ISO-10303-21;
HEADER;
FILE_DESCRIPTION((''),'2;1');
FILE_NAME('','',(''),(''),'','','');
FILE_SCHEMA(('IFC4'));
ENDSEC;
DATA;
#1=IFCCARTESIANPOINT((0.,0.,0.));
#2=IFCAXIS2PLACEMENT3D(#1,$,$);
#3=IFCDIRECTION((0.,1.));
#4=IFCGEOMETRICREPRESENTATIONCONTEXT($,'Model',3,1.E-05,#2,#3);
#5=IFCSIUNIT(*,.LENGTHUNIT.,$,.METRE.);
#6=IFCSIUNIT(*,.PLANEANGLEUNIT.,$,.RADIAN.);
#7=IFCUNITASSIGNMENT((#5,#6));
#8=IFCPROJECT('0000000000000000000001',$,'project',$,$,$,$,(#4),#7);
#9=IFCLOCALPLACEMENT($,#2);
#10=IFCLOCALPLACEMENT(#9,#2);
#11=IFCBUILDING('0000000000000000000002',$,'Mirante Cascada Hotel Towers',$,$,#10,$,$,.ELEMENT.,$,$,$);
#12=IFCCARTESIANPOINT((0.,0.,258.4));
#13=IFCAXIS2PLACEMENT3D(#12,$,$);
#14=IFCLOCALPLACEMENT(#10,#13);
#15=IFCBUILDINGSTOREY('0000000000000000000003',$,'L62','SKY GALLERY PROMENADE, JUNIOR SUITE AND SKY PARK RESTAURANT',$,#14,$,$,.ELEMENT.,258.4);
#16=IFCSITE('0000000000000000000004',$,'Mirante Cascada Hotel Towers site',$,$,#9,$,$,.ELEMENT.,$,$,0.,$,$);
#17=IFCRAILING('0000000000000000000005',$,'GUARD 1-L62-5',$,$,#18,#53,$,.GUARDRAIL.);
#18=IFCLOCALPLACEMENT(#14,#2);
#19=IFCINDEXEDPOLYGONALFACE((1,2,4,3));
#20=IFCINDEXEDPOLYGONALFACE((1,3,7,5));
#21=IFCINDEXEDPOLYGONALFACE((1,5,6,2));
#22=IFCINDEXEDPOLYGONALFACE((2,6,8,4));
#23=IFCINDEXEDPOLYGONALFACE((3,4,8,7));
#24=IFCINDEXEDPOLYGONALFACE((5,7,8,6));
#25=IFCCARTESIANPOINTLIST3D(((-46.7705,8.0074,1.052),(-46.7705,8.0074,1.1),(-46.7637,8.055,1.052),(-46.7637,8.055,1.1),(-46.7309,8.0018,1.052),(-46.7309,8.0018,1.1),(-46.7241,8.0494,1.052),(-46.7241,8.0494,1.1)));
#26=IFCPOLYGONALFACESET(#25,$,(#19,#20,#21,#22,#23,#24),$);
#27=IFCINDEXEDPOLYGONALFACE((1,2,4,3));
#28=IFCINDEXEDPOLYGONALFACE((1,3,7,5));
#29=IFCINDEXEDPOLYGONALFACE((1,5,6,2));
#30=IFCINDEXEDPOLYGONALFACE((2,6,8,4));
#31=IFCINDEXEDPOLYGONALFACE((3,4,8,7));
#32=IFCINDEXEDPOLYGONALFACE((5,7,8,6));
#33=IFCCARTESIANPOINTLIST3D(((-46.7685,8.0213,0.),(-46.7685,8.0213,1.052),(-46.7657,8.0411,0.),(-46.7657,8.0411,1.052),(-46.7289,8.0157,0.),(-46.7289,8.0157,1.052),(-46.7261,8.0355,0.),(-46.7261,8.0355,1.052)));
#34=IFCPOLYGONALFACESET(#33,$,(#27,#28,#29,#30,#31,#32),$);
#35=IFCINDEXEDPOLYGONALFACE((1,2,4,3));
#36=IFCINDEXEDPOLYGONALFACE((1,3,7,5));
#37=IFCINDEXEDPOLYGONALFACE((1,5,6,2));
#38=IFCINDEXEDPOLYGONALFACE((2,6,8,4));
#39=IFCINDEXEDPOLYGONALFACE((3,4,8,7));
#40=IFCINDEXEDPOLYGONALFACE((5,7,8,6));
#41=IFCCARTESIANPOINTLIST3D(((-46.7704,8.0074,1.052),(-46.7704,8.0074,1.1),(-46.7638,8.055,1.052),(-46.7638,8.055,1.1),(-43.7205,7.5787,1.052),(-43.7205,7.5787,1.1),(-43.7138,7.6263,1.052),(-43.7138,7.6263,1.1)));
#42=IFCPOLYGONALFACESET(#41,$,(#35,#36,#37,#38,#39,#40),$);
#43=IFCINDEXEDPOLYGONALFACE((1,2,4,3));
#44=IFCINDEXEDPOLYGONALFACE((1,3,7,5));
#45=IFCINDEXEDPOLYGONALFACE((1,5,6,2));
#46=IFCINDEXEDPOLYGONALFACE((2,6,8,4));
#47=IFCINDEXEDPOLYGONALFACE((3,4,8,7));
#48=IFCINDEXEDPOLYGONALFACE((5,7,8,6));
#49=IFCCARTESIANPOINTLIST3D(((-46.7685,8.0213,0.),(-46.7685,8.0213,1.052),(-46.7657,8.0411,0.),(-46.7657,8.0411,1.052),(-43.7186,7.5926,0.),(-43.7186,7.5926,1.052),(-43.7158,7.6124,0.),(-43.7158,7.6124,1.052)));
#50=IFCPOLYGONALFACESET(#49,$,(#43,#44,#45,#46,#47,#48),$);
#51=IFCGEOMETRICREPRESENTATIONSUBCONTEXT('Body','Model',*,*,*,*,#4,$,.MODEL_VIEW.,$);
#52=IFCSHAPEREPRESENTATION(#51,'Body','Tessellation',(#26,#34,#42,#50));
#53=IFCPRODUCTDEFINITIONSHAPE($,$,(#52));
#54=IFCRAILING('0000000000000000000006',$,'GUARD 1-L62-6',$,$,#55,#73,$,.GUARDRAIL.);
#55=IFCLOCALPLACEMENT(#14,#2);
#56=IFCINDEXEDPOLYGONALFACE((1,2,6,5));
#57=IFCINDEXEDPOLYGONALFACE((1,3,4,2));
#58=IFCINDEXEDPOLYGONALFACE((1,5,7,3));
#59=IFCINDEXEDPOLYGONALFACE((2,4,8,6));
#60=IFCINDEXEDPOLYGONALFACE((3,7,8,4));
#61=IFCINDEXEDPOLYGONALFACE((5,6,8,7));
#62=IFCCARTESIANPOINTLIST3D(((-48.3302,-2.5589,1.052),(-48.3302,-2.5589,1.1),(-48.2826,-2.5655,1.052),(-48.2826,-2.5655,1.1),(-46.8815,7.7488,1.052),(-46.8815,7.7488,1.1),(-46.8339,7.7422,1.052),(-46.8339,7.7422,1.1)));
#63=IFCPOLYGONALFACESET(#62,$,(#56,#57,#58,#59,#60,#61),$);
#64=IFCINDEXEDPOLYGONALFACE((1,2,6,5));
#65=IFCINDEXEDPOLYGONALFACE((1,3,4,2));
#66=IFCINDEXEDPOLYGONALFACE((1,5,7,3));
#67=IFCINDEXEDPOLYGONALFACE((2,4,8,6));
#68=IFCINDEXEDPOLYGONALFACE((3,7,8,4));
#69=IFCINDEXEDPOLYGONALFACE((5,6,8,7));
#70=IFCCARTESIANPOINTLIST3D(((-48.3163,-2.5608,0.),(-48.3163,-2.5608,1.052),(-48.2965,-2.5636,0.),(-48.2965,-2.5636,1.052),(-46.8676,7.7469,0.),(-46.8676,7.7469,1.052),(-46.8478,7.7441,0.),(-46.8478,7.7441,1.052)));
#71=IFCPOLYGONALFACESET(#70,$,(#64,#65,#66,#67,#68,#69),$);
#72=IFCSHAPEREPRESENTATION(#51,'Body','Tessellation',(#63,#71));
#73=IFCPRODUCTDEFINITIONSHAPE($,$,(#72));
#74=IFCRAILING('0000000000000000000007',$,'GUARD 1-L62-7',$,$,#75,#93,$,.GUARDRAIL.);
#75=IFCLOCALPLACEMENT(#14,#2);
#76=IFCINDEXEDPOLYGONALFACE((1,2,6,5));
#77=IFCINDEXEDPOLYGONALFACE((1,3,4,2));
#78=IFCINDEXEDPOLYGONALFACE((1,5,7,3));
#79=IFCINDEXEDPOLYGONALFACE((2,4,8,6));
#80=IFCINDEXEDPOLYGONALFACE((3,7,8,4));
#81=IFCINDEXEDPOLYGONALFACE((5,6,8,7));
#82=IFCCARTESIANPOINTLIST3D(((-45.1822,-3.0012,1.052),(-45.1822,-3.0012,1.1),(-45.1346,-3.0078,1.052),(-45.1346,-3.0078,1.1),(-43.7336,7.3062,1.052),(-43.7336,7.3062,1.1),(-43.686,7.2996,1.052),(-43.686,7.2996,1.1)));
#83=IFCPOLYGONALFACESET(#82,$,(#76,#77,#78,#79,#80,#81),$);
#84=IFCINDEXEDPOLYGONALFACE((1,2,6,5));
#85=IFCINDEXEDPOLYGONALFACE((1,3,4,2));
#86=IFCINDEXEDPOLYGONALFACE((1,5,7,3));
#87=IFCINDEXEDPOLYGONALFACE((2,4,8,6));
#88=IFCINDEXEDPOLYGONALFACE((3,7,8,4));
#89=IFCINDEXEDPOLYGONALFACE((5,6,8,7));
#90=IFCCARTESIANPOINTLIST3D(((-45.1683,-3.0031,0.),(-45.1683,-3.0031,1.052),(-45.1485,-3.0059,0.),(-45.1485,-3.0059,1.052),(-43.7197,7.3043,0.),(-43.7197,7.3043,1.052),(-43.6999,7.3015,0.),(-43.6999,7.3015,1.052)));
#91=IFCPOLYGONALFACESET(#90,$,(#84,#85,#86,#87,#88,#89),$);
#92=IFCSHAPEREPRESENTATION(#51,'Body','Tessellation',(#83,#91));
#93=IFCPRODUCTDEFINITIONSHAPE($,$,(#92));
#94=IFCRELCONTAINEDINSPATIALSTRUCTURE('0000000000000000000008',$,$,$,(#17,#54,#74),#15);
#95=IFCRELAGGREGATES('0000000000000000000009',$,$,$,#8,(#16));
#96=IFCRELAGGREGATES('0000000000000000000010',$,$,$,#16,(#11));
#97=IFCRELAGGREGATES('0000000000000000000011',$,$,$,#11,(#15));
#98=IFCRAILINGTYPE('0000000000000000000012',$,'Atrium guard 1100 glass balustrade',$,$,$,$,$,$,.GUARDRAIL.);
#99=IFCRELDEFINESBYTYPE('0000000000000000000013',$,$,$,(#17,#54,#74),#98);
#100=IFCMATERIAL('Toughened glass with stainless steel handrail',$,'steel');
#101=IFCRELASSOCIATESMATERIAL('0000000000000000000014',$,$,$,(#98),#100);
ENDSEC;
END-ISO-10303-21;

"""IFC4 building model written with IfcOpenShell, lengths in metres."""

from ifc_helpers import new_model, si_unit, direction, frame, origin, origin_2d, place, context, subcontext, project, spatial, rectangle, extrude, material, type_object, element, save


model = new_model("IFC4")

# Units and contexts
model_context = context("Model", 3, precision=1e-05, world=origin(), true_north=direction((0.0, 1.0)))
body_context = subcontext(model_context, "Body", "Model", "MODEL_VIEW")
ifc_project = project(units=[si_unit("LENGTHUNIT", "METRE"), si_unit("PLANEANGLEUNIT", "RADIAN")], contexts=[model_context])

# Site, building, storey
site_placement = place(None, origin())
site = spatial("IfcSite", under=ifc_project, at=site_placement, Name="Mirante Cascada Hotel Towers site", CompositionType="ELEMENT", RefElevation=0.0)
building_placement = place(site_placement, origin())
building = spatial("IfcBuilding", under=site, at=building_placement, Name="Mirante Cascada Hotel Towers", CompositionType="ELEMENT")
storey_placement = place(building_placement, frame((0.0, 0.0, 258.4)))
storey = spatial("IfcBuildingStorey", under=building, at=storey_placement, Name="L62", Description="SKY GALLERY PROMENADE, JUNIOR SUITE AND SKY PARK RESTAURANT", CompositionType="ELEMENT", Elevation=258.4)

# Railings
ifc_material_1 = material(Name="Toughened glass with stainless steel handrail", Category="steel")
railing_type = type_object("IfcRailingType", Name="Atrium guard 1100 glass balustrade", PredefinedType="GUARDRAIL", material=ifc_material_1)
railing_1_placement = place(storey_placement, frame((-46.7275, 8.0256, 0.0)))
element("IfcRailing", 1, at=railing_1_placement, inside=storey, type_object=railing_type, Name="GUARD 1-L62-5", PredefinedType="GUARDRAIL", context=body_context, shape_type="SweptSolid", body=[
    extrude(rectangle(XDim=0.048, YDim=0.048, at=origin_2d()), frame((0.0, 0.0, 1.076), z_axis=(-0.990148, 0.140021, 0.0), x_axis=(-0.140021, -0.990148, 0.0)), (0.0, 0.0, 1.0), 0.04),
    extrude(rectangle(XDim=0.02, YDim=1.052, at=origin_2d()), frame((0.0, 0.0, 0.526), z_axis=(-0.990148, 0.140021, 0.0), x_axis=(-0.140021, -0.990148, 0.0)), (0.0, 0.0, 1.0), 0.04),
    extrude(rectangle(XDim=0.048, YDim=0.048, at=origin_2d()), frame((-0.0396, 0.0056, 1.076), z_axis=(0.990265, -0.139194, 0.0), x_axis=(0.139194, 0.990265, 0.0)), (0.0, 0.0, 1.0), 3.0799),
    extrude(rectangle(XDim=0.02, YDim=1.052, at=origin_2d()), frame((-0.0396, 0.0056, 0.526), z_axis=(0.990265, -0.139194, 0.0), x_axis=(0.139194, 0.990265, 0.0)), (0.0, 0.0, 1.0), 3.0799),
])
railing_2_placement = place(storey_placement, frame((-46.8577, 7.7455, 0.0)))
element("IfcRailing", 2, at=railing_2_placement, inside=storey, type_object=railing_type, Name="GUARD 1-L62-6", PredefinedType="GUARDRAIL", context=body_context, shape_type="SweptSolid", body=[
    extrude(rectangle(XDim=0.048, YDim=0.048, at=origin_2d()), frame((0.0, 0.0, 1.076), z_axis=(-0.139178, -0.990267, 0.0), x_axis=(0.990267, -0.139178, 0.0)), (0.0, 0.0, 1.0), 10.409),
    extrude(rectangle(XDim=0.02, YDim=1.052, at=origin_2d()), frame((0.0, 0.0, 0.526), z_axis=(-0.139178, -0.990267, 0.0), x_axis=(0.990267, -0.139178, 0.0)), (0.0, 0.0, 1.0), 10.409),
])
railing_3_placement = place(storey_placement, frame((-45.1584, -3.0045, 0.0)))
element("IfcRailing", 3, at=railing_3_placement, inside=storey, type_object=railing_type, Name="GUARD 1-L62-7", PredefinedType="GUARDRAIL", context=body_context, shape_type="SweptSolid", body=[
    extrude(rectangle(XDim=0.048, YDim=0.048, at=origin_2d()), frame((0.0, 0.0, 1.076), z_axis=(0.139172, 0.990268, 0.0), x_axis=(-0.990268, 0.139172, 0.0)), (0.0, 0.0, 1.0), 10.4087),
    extrude(rectangle(XDim=0.02, YDim=1.052, at=origin_2d()), frame((0.0, 0.0, 0.526), z_axis=(0.139172, 0.990268, 0.0), x_axis=(-0.990268, 0.139172, 0.0)), (0.0, 0.0, 1.0), 10.4087),
])

save(model, "model.ifc")
